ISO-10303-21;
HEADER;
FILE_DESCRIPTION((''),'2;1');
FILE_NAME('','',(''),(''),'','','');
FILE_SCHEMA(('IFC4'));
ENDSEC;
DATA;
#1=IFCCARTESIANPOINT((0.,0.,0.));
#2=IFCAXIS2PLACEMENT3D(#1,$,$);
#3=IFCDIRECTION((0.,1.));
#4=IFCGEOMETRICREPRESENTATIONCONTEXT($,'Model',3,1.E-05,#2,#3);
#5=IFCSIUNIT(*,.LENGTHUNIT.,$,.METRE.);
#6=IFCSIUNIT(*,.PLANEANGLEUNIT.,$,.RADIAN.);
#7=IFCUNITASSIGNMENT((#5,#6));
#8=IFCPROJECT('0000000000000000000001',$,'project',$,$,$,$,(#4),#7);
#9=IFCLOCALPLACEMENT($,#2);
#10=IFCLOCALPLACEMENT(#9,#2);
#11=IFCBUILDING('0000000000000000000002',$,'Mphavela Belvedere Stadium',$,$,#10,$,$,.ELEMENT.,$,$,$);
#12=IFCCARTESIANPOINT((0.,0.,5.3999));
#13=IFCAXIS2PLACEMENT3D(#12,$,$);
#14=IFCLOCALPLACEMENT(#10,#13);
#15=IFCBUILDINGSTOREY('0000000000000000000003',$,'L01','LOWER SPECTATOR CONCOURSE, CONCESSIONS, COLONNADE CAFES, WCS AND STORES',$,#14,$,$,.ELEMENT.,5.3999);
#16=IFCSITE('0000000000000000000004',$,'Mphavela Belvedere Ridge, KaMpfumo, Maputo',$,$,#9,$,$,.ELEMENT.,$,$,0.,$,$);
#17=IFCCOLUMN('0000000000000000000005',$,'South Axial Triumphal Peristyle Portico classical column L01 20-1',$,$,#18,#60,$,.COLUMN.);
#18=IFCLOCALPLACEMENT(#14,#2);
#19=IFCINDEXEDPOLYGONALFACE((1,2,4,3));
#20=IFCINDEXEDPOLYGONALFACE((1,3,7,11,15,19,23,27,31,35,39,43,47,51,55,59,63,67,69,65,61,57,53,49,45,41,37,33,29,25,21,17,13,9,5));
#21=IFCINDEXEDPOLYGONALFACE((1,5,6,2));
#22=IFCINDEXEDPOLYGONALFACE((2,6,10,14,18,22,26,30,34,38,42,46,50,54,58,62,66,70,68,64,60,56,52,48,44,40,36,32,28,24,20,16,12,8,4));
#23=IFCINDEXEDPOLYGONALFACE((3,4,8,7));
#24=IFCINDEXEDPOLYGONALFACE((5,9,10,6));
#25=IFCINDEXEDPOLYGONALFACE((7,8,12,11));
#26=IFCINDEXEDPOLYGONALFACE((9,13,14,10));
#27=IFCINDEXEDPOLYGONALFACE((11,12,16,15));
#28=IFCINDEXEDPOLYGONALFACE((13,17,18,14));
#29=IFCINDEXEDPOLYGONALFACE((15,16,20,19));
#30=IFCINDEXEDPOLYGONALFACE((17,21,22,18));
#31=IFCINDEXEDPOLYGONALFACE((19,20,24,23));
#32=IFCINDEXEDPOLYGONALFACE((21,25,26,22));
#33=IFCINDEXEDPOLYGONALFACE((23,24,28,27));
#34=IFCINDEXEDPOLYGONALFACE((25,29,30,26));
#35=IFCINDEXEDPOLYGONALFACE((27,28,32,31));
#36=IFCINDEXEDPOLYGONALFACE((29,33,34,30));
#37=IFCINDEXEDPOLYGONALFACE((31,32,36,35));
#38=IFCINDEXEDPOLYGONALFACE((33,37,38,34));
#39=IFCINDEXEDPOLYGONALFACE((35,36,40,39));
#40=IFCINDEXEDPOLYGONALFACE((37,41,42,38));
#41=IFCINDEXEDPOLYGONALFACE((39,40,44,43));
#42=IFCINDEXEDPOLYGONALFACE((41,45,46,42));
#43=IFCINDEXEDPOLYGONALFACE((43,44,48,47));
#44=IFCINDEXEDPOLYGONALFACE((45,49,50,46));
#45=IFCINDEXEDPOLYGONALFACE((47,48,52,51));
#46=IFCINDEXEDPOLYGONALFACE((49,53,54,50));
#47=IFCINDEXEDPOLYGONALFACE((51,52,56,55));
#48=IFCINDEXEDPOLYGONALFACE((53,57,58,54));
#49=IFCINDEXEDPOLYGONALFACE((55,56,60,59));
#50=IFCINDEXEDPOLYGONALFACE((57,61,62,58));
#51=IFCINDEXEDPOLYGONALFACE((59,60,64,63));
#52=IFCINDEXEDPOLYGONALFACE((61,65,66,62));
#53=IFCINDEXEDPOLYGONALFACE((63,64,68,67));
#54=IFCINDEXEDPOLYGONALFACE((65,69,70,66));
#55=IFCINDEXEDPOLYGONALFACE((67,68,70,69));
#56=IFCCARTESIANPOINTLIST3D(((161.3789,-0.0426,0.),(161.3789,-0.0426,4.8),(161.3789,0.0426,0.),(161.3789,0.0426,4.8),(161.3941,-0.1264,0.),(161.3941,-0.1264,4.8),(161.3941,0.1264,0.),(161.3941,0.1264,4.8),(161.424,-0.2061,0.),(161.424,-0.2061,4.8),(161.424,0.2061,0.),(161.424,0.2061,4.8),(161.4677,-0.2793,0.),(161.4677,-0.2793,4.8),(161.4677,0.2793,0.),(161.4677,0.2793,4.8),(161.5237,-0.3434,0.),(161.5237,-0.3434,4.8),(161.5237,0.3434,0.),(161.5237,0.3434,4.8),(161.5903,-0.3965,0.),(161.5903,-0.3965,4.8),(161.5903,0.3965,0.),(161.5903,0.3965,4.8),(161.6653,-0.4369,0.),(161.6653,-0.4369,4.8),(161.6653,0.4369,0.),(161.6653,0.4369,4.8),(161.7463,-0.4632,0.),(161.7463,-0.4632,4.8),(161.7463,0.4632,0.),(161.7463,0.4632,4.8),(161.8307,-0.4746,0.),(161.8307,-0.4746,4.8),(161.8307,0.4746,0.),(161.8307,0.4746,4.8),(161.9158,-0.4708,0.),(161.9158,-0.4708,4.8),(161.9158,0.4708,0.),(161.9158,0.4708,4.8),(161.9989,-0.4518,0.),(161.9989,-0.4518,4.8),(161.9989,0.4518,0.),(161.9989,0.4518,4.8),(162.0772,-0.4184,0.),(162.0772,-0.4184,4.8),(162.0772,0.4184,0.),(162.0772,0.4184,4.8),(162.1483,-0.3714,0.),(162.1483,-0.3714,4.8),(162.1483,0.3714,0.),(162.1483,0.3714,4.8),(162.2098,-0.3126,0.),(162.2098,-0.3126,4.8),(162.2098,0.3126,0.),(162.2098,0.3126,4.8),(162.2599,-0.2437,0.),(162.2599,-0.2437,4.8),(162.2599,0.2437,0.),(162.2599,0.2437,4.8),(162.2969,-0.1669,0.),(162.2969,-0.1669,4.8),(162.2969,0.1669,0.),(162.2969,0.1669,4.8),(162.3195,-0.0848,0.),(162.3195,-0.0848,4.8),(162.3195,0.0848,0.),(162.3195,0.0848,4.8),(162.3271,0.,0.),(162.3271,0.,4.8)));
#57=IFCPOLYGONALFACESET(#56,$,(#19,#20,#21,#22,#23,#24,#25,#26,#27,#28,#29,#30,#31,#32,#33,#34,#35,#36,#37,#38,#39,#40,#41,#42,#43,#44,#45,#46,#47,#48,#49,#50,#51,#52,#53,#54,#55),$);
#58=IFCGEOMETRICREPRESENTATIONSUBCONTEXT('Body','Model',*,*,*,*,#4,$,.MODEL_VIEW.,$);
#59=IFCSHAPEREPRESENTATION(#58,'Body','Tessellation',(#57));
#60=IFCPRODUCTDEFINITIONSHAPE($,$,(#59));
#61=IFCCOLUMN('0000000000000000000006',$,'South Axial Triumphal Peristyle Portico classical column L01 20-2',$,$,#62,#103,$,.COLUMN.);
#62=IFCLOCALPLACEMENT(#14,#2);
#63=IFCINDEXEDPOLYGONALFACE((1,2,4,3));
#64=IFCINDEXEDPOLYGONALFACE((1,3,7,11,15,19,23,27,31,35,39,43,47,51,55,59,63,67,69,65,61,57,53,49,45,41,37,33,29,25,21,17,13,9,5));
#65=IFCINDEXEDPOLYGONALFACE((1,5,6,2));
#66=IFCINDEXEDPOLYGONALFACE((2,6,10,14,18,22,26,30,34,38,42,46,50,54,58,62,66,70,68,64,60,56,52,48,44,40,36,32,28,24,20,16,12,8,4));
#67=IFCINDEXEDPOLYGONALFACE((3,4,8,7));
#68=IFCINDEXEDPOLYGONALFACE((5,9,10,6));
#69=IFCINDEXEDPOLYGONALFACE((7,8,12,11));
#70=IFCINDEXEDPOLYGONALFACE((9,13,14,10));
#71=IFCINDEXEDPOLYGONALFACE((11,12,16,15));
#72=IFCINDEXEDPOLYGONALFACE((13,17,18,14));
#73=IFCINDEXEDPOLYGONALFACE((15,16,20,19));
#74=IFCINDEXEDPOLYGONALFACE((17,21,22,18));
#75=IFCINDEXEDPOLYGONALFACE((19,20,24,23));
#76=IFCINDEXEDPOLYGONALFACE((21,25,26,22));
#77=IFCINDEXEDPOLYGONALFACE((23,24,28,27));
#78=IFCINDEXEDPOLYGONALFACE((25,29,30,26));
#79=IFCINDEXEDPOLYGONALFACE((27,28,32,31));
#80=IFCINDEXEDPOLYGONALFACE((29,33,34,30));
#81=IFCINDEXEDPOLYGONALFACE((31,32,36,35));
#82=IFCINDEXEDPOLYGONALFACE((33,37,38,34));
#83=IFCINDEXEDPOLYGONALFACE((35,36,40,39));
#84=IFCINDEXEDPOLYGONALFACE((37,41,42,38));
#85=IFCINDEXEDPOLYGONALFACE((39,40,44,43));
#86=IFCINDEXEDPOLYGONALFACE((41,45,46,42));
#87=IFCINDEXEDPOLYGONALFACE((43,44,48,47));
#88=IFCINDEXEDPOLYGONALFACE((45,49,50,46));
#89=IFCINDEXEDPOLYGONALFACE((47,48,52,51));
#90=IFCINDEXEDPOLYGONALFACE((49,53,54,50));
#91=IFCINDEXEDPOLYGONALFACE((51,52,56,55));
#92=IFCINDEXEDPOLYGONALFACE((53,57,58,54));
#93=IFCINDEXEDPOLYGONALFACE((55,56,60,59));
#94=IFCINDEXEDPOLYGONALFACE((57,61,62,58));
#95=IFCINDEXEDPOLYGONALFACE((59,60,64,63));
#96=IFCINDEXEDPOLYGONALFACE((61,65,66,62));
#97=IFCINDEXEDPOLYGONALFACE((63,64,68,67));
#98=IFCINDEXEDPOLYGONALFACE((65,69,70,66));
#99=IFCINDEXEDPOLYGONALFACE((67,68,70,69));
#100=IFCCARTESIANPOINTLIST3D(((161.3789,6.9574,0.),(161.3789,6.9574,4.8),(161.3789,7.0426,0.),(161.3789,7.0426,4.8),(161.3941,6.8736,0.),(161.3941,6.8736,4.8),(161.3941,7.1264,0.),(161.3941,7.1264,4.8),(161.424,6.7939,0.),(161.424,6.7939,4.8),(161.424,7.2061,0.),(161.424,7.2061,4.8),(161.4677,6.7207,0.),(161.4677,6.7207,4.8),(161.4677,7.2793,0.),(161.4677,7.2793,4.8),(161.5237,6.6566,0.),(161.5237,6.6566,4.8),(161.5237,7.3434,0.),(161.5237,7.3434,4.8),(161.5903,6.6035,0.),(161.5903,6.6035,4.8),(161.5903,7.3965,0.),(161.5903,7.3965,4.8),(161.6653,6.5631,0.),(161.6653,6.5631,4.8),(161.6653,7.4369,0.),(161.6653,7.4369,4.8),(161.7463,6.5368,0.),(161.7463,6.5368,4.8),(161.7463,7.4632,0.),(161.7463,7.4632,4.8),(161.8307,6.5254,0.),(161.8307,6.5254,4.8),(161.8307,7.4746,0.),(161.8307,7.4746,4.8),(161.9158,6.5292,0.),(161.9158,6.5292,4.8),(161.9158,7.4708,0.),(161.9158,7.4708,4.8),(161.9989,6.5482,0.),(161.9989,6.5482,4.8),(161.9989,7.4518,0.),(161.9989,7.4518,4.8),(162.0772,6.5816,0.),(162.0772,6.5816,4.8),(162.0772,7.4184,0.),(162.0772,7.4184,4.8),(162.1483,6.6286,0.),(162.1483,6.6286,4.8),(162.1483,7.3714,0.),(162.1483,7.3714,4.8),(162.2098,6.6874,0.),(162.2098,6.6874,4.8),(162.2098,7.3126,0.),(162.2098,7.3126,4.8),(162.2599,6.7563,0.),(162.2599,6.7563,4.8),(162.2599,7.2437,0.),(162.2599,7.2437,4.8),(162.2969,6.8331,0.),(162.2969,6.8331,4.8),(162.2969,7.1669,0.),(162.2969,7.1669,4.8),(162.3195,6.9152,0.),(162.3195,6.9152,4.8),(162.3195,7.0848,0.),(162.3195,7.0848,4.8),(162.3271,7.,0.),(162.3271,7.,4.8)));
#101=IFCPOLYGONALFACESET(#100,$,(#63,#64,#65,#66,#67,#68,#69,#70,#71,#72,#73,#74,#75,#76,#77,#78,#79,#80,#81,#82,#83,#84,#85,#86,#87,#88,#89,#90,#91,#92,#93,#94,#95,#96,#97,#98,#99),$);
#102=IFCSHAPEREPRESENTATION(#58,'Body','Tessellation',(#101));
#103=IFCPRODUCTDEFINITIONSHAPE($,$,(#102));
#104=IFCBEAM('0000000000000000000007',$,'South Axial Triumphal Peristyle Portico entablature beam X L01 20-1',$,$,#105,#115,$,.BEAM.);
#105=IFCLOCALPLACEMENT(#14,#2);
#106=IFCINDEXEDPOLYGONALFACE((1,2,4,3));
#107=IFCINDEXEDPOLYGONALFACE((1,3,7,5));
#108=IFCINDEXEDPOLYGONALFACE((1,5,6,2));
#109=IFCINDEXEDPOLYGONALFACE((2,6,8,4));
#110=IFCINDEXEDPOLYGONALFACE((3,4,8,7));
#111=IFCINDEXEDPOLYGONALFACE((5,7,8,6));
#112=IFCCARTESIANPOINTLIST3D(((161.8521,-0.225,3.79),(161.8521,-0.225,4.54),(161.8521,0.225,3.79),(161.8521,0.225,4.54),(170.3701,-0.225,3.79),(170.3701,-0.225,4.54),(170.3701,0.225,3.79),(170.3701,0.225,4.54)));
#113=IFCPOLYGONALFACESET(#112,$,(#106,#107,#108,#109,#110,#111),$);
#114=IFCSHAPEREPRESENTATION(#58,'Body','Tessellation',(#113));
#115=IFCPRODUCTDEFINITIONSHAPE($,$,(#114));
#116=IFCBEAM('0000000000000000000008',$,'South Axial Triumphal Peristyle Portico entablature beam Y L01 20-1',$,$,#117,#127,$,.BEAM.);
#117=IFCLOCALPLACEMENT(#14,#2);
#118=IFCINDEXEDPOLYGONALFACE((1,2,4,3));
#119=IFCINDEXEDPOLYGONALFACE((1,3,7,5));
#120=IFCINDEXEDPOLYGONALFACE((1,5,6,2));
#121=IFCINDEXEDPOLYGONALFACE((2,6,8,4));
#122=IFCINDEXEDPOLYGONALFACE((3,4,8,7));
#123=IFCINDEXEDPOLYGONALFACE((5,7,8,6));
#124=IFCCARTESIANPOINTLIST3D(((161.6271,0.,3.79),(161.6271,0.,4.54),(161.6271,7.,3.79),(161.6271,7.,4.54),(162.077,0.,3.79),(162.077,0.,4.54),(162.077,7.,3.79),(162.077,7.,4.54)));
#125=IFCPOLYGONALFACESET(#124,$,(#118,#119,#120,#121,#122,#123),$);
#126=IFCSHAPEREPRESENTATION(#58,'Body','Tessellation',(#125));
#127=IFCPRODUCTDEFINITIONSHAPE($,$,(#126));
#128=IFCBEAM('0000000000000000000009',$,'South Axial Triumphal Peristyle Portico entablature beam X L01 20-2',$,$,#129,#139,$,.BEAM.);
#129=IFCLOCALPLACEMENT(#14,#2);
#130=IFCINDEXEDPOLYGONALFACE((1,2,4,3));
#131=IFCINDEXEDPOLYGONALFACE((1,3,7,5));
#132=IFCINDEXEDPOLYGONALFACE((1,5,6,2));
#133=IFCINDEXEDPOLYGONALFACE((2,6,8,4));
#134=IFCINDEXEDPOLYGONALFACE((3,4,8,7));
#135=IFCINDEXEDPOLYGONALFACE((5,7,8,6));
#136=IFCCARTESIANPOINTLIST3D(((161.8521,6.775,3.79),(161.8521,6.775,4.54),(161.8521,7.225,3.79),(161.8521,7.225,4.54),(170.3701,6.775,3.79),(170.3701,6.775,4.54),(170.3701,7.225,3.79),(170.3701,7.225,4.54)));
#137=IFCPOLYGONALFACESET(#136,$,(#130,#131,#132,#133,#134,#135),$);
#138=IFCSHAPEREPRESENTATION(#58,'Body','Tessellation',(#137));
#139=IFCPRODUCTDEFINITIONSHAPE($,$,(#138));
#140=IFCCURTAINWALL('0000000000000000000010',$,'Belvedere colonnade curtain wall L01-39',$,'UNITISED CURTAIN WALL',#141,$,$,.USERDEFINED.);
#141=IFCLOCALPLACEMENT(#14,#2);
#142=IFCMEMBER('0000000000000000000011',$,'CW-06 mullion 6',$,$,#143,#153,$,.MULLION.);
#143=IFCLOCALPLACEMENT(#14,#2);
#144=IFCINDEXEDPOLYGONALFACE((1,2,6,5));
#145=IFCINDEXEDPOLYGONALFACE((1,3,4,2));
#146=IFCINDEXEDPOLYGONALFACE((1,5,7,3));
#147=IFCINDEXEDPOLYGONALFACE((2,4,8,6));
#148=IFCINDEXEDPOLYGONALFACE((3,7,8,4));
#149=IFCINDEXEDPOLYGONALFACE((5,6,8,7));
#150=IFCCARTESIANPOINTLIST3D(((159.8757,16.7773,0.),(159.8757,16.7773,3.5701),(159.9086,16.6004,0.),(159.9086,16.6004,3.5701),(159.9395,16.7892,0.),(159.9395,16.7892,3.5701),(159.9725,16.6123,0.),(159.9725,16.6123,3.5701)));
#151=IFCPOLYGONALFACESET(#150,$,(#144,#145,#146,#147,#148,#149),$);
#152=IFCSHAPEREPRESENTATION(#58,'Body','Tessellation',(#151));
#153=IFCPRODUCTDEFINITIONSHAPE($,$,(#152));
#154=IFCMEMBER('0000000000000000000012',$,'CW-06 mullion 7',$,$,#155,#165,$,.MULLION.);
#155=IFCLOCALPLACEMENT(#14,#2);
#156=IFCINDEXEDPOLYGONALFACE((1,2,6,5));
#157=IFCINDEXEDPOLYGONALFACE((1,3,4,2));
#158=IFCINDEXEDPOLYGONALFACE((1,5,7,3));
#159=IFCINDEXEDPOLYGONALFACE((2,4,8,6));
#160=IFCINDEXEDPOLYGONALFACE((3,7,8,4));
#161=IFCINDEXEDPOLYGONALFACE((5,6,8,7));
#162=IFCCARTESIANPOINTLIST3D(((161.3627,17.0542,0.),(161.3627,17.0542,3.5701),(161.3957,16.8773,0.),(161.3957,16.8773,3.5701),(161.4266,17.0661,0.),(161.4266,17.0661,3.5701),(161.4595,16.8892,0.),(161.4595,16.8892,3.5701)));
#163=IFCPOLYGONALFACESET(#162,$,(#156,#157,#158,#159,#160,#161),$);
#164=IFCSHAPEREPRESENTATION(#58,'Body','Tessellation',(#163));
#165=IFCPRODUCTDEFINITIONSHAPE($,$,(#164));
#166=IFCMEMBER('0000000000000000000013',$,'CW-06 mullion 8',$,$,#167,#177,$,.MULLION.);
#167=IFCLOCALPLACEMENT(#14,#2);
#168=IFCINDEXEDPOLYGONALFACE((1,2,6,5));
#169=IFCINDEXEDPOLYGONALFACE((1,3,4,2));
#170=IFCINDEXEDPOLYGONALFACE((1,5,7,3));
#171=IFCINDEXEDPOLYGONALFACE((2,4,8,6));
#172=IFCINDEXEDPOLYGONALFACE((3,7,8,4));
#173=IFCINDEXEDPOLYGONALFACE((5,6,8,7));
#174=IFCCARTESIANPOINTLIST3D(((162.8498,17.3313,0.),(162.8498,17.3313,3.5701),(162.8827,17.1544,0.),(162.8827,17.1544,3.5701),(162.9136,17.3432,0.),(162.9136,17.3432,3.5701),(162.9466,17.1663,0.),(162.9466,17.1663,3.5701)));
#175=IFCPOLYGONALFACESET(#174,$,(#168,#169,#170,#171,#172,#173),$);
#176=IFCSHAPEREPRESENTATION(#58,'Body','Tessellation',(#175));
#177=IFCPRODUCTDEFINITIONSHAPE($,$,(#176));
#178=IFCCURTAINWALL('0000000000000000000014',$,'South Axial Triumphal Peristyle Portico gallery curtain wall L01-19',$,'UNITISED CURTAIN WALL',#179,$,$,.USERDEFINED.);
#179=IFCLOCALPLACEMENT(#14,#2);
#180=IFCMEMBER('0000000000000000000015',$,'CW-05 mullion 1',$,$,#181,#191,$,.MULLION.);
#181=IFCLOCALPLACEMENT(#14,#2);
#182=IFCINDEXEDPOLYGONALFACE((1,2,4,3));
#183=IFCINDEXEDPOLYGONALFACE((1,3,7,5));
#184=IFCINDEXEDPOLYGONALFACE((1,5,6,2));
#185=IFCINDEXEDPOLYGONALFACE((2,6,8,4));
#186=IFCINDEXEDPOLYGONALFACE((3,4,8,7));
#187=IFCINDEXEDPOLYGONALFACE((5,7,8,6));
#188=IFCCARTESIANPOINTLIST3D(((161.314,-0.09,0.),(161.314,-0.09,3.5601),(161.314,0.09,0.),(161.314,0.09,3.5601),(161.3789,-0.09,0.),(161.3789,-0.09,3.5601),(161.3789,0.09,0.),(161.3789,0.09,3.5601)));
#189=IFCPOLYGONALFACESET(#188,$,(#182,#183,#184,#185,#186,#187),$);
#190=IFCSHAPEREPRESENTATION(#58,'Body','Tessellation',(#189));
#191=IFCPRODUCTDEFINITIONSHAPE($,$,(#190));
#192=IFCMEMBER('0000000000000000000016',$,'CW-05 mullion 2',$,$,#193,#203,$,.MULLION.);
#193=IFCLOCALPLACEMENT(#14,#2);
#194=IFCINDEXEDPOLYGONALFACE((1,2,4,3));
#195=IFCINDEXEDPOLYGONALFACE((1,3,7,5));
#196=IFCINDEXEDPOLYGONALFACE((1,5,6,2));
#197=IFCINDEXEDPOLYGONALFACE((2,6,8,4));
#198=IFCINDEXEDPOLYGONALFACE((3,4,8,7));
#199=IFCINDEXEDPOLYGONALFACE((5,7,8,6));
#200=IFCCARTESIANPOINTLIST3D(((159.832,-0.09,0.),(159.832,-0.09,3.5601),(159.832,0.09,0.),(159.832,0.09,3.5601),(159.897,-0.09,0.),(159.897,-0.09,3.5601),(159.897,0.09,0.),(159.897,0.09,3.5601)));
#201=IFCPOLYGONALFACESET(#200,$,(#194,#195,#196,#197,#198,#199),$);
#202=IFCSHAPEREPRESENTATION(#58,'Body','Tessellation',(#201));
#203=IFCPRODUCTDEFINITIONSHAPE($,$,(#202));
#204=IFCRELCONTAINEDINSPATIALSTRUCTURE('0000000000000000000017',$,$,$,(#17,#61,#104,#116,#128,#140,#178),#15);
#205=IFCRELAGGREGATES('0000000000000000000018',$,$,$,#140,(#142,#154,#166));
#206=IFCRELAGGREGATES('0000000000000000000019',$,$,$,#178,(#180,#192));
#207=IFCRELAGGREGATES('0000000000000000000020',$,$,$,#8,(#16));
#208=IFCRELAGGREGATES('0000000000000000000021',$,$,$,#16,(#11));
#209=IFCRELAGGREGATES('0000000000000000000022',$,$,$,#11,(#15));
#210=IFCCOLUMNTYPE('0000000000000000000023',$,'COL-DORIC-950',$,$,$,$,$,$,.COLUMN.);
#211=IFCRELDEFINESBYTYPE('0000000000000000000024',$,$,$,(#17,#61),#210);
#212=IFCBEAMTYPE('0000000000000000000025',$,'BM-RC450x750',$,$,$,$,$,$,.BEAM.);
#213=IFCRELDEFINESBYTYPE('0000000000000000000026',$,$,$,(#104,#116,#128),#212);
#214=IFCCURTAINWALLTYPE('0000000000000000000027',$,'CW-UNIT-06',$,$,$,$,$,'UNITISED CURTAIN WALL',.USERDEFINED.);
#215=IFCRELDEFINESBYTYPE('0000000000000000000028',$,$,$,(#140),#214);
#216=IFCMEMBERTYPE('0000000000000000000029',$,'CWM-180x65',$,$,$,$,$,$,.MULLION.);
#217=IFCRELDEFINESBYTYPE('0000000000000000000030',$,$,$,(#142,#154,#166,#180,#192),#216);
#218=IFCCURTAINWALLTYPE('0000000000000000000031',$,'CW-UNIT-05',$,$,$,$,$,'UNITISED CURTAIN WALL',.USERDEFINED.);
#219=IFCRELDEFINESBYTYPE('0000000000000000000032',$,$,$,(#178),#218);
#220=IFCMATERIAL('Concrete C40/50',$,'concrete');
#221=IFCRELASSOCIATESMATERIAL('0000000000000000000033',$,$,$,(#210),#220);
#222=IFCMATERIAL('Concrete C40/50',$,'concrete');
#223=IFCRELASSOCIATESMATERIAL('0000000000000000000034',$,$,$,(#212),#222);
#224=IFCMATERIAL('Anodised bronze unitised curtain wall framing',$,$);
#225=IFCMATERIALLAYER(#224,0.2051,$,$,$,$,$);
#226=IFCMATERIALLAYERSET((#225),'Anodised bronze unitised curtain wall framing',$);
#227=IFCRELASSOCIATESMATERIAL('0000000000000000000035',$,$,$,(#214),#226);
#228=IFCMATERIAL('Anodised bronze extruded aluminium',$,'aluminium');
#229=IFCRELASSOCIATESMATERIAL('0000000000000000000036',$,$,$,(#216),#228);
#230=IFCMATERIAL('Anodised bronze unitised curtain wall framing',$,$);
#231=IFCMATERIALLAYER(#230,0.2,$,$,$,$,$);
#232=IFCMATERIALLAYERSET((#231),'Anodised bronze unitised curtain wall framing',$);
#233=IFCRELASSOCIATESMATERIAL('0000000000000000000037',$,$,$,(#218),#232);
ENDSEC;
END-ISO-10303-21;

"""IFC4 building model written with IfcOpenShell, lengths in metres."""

from ifc_helpers import new_model, si_unit, direction, frame, origin, origin_2d, place, context, subcontext, project, spatial, rectangle, circle, extrude, material, layer, layer_set, material_profile, profile_set, type_object, element, aggregate, save


model = new_model("IFC4")

# Units and contexts
model_context = context("Model", 3, precision=1e-05, world=origin(), true_north=direction((0.0, 1.0)))
body_context = subcontext(model_context, "Body", "Model", "MODEL_VIEW")
ifc_project = project(units=[si_unit("LENGTHUNIT", "METRE"), si_unit("PLANEANGLEUNIT", "RADIAN")], contexts=[model_context])

# Site, building, storey
site_placement = place(None, origin())
site = spatial("IfcSite", under=ifc_project, at=site_placement, Name="Mphavela Belvedere Ridge, KaMpfumo, Maputo", CompositionType="ELEMENT", RefElevation=0.0)
building_placement = place(site_placement, origin())
building = spatial("IfcBuilding", under=site, at=building_placement, Name="Mphavela Belvedere Stadium", CompositionType="ELEMENT")
storey_placement = place(building_placement, frame((0.0, 0.0, 5.3999)))
storey = spatial("IfcBuildingStorey", under=building, at=storey_placement, Name="L01", Description="LOWER SPECTATOR CONCOURSE, CONCESSIONS, COLONNADE CAFES, WCS AND STORES", CompositionType="ELEMENT", Elevation=5.3999)

# Columns
ifc_material_1 = material(Name="Concrete C40/50", Category="concrete")
ifc_material_profile_1 = material_profile(ifc_material_1, circle(Radius=0.4751, at=origin_2d()), Name="COL D950")
ifc_profile_set_1 = profile_set([ifc_material_profile_1], Name="Concrete C40/50")
column_type = type_object("IfcColumnType", Name="COL-DORIC-950", PredefinedType="COLUMN", material=ifc_profile_set_1)
for number, where, z_axis, x_axis, name in (
    (1, (161.8521, 0.0, 0.0), (0.0, 0.0, 1.0), (1.0, 0.0, 0.0), "South Axial Triumphal Peristyle Portico classical column L01 20-1"),
    (2, (161.8521, 7.0, 0.0), (0.0, 0.0, 1.0), (1.0, 0.0, 0.0), "South Axial Triumphal Peristyle Portico classical column L01 20-2"),
):
    element("IfcColumn", number, at=place(storey_placement, frame(where, z_axis=z_axis, x_axis=x_axis)), inside=storey, type_object=column_type, Name=name, PredefinedType="COLUMN", context=body_context, shape_type="SweptSolid", body=[
        extrude(circle(Radius=0.4751, at=origin_2d()), origin(), (0.0, 0.0, 1.0), 4.8),
    ])

# Beams
ifc_material_2 = material(Name="Concrete C40/50", Category="concrete")
ifc_material_profile_2 = material_profile(ifc_material_2, rectangle(XDim=0.45, YDim=0.75, at=origin_2d()), Name="RC 450x750")
ifc_profile_set_2 = profile_set([ifc_material_profile_2], Name="Concrete C40/50")
beam_type = type_object("IfcBeamType", Name="BM-RC450x750", PredefinedType="BEAM", material=ifc_profile_set_2)
beam_1_placement = place(storey_placement, frame((161.8521, 0.0, 4.165), z_axis=(1.0, 0.0, 0.0), x_axis=(0.0, 1.0, 0.0)))
element("IfcBeam", 3, at=beam_1_placement, inside=storey, type_object=beam_type, Name="South Axial Triumphal Peristyle Portico entablature beam X L01 20-1", PredefinedType="BEAM", context=body_context, shape_type="SweptSolid", body=[
    extrude(rectangle(XDim=0.45, YDim=0.75, at=origin_2d()), origin(), (0.0, 0.0, 1.0), 8.5181),
])
beam_2_placement = place(storey_placement, frame((161.8521, 0.0, 4.165), z_axis=(0.0, 1.0, 0.0), x_axis=(-1.0, 0.0, 0.0)))
element("IfcBeam", 4, at=beam_2_placement, inside=storey, type_object=beam_type, Name="South Axial Triumphal Peristyle Portico entablature beam Y L01 20-1", PredefinedType="BEAM", context=body_context, shape_type="SweptSolid", body=[
    extrude(rectangle(XDim=0.45, YDim=0.75, at=origin_2d()), origin(), (0.0, 0.0, 1.0), 7.0),
])
beam_3_placement = place(storey_placement, frame((161.8521, 7.0, 4.165), z_axis=(1.0, 0.0, 0.0), x_axis=(0.0, 1.0, 0.0)))
element("IfcBeam", 5, at=beam_3_placement, inside=storey, type_object=beam_type, Name="South Axial Triumphal Peristyle Portico entablature beam X L01 20-2", PredefinedType="BEAM", context=body_context, shape_type="SweptSolid", body=[
    extrude(rectangle(XDim=0.45, YDim=0.75, at=origin_2d()), origin(), (0.0, 0.0, 1.0), 8.5181),
])

# Curtain walls, members
ifc_material_3 = material(Name="Anodised bronze unitised curtain wall framing")
ifc_layer_1 = layer(ifc_material_3, 0.2051)
ifc_layer_set_1 = layer_set([ifc_layer_1], Name="Anodised bronze unitised curtain wall framing")
curtain_wall_type_1 = type_object("IfcCurtainWallType", Name="CW-UNIT-06", ElementType="UNITISED CURTAIN WALL", PredefinedType="USERDEFINED", material=ifc_layer_set_1)
curtain_wall_1_placement = place(storey_placement, origin())
curtain_wall_1 = element("IfcCurtainWall", 6, at=curtain_wall_1_placement, inside=storey, type_object=curtain_wall_type_1, Name="Belvedere colonnade curtain wall L01-39", ObjectType="UNITISED CURTAIN WALL", PredefinedType="USERDEFINED")
ifc_material_4 = material(Name="Anodised bronze extruded aluminium", Category="aluminium")
ifc_material_profile_3 = material_profile(ifc_material_4, rectangle(XDim=0.1799, YDim=0.0649, at=origin_2d()), Name="CW-MUL 180x65")
ifc_profile_set_3 = profile_set([ifc_material_profile_3], Name="Anodised bronze extruded aluminium")
member_type_1 = type_object("IfcMemberType", Name="CWM-180x65", PredefinedType="MULLION", material=ifc_profile_set_3)
member_1_placement = place(storey_placement, frame((159.9241, 16.6948, 0.0), z_axis=(0.0, 0.0, 1.0), x_axis=(-0.183095, 0.983095, 0.0)))
member_1 = element("IfcMember", 7, at=member_1_placement, type_object=member_type_1, Name="CW-06 mullion 6", PredefinedType="MULLION", context=body_context, shape_type="SweptSolid", body=[
    extrude(rectangle(XDim=0.1799, YDim=0.0649, at=origin_2d()), origin(), (0.0, 0.0, 1.0), 3.5701),
])
member_2_placement = place(storey_placement, frame((161.4111, 16.9717, 0.0), z_axis=(0.0, 0.0, 1.0), x_axis=(-0.183095, 0.983095, 0.0)))
member_2 = element("IfcMember", 8, at=member_2_placement, type_object=member_type_1, Name="CW-06 mullion 7", PredefinedType="MULLION", context=body_context, shape_type="SweptSolid", body=[
    extrude(rectangle(XDim=0.1799, YDim=0.0649, at=origin_2d()), origin(), (0.0, 0.0, 1.0), 3.5701),
])
member_3_placement = place(storey_placement, frame((162.8982, 17.2488, 0.0), z_axis=(0.0, 0.0, 1.0), x_axis=(-0.183095, 0.983095, 0.0)))
member_3 = element("IfcMember", 9, at=member_3_placement, type_object=member_type_1, Name="CW-06 mullion 8", PredefinedType="MULLION", context=body_context, shape_type="SweptSolid", body=[
    extrude(rectangle(XDim=0.1799, YDim=0.0649, at=origin_2d()), origin(), (0.0, 0.0, 1.0), 3.5701),
])
ifc_material_5 = material(Name="Anodised bronze unitised curtain wall framing")
ifc_layer_2 = layer(ifc_material_5, 0.2)
ifc_layer_set_2 = layer_set([ifc_layer_2], Name="Anodised bronze unitised curtain wall framing")
curtain_wall_type_2 = type_object("IfcCurtainWallType", Name="CW-UNIT-05", ElementType="UNITISED CURTAIN WALL", PredefinedType="USERDEFINED", material=ifc_layer_set_2)
curtain_wall_2_placement = place(storey_placement, origin())
curtain_wall_2 = element("IfcCurtainWall", 10, at=curtain_wall_2_placement, inside=storey, type_object=curtain_wall_type_2, Name="South Axial Triumphal Peristyle Portico gallery curtain wall L01-19", ObjectType="UNITISED CURTAIN WALL", PredefinedType="USERDEFINED")
member_4_placement = place(storey_placement, frame((161.3464, 0.0, 0.0), z_axis=(0.0, 0.0, 1.0), x_axis=(0.0, -1.0, 0.0)))
member_4 = element("IfcMember", 11, at=member_4_placement, type_object=member_type_1, Name="CW-05 mullion 1", PredefinedType="MULLION", context=body_context, shape_type="SweptSolid", body=[
    extrude(rectangle(XDim=0.1799, YDim=0.0649, at=origin_2d()), origin(), (0.0, 0.0, 1.0), 3.5601),
])
member_5_placement = place(storey_placement, frame((159.8645, 0.0, 0.0), z_axis=(0.0, 0.0, 1.0), x_axis=(0.0, -1.0, 0.0)))
member_5 = element("IfcMember", 12, at=member_5_placement, type_object=member_type_1, Name="CW-05 mullion 2", PredefinedType="MULLION", context=body_context, shape_type="SweptSolid", body=[
    extrude(rectangle(XDim=0.1799, YDim=0.0649, at=origin_2d()), origin(), (0.0, 0.0, 1.0), 3.5601),
])

aggregate(curtain_wall_1, [member_1, member_2, member_3])
aggregate(curtain_wall_2, [member_4, member_5])

save(model, "model.ifc")
